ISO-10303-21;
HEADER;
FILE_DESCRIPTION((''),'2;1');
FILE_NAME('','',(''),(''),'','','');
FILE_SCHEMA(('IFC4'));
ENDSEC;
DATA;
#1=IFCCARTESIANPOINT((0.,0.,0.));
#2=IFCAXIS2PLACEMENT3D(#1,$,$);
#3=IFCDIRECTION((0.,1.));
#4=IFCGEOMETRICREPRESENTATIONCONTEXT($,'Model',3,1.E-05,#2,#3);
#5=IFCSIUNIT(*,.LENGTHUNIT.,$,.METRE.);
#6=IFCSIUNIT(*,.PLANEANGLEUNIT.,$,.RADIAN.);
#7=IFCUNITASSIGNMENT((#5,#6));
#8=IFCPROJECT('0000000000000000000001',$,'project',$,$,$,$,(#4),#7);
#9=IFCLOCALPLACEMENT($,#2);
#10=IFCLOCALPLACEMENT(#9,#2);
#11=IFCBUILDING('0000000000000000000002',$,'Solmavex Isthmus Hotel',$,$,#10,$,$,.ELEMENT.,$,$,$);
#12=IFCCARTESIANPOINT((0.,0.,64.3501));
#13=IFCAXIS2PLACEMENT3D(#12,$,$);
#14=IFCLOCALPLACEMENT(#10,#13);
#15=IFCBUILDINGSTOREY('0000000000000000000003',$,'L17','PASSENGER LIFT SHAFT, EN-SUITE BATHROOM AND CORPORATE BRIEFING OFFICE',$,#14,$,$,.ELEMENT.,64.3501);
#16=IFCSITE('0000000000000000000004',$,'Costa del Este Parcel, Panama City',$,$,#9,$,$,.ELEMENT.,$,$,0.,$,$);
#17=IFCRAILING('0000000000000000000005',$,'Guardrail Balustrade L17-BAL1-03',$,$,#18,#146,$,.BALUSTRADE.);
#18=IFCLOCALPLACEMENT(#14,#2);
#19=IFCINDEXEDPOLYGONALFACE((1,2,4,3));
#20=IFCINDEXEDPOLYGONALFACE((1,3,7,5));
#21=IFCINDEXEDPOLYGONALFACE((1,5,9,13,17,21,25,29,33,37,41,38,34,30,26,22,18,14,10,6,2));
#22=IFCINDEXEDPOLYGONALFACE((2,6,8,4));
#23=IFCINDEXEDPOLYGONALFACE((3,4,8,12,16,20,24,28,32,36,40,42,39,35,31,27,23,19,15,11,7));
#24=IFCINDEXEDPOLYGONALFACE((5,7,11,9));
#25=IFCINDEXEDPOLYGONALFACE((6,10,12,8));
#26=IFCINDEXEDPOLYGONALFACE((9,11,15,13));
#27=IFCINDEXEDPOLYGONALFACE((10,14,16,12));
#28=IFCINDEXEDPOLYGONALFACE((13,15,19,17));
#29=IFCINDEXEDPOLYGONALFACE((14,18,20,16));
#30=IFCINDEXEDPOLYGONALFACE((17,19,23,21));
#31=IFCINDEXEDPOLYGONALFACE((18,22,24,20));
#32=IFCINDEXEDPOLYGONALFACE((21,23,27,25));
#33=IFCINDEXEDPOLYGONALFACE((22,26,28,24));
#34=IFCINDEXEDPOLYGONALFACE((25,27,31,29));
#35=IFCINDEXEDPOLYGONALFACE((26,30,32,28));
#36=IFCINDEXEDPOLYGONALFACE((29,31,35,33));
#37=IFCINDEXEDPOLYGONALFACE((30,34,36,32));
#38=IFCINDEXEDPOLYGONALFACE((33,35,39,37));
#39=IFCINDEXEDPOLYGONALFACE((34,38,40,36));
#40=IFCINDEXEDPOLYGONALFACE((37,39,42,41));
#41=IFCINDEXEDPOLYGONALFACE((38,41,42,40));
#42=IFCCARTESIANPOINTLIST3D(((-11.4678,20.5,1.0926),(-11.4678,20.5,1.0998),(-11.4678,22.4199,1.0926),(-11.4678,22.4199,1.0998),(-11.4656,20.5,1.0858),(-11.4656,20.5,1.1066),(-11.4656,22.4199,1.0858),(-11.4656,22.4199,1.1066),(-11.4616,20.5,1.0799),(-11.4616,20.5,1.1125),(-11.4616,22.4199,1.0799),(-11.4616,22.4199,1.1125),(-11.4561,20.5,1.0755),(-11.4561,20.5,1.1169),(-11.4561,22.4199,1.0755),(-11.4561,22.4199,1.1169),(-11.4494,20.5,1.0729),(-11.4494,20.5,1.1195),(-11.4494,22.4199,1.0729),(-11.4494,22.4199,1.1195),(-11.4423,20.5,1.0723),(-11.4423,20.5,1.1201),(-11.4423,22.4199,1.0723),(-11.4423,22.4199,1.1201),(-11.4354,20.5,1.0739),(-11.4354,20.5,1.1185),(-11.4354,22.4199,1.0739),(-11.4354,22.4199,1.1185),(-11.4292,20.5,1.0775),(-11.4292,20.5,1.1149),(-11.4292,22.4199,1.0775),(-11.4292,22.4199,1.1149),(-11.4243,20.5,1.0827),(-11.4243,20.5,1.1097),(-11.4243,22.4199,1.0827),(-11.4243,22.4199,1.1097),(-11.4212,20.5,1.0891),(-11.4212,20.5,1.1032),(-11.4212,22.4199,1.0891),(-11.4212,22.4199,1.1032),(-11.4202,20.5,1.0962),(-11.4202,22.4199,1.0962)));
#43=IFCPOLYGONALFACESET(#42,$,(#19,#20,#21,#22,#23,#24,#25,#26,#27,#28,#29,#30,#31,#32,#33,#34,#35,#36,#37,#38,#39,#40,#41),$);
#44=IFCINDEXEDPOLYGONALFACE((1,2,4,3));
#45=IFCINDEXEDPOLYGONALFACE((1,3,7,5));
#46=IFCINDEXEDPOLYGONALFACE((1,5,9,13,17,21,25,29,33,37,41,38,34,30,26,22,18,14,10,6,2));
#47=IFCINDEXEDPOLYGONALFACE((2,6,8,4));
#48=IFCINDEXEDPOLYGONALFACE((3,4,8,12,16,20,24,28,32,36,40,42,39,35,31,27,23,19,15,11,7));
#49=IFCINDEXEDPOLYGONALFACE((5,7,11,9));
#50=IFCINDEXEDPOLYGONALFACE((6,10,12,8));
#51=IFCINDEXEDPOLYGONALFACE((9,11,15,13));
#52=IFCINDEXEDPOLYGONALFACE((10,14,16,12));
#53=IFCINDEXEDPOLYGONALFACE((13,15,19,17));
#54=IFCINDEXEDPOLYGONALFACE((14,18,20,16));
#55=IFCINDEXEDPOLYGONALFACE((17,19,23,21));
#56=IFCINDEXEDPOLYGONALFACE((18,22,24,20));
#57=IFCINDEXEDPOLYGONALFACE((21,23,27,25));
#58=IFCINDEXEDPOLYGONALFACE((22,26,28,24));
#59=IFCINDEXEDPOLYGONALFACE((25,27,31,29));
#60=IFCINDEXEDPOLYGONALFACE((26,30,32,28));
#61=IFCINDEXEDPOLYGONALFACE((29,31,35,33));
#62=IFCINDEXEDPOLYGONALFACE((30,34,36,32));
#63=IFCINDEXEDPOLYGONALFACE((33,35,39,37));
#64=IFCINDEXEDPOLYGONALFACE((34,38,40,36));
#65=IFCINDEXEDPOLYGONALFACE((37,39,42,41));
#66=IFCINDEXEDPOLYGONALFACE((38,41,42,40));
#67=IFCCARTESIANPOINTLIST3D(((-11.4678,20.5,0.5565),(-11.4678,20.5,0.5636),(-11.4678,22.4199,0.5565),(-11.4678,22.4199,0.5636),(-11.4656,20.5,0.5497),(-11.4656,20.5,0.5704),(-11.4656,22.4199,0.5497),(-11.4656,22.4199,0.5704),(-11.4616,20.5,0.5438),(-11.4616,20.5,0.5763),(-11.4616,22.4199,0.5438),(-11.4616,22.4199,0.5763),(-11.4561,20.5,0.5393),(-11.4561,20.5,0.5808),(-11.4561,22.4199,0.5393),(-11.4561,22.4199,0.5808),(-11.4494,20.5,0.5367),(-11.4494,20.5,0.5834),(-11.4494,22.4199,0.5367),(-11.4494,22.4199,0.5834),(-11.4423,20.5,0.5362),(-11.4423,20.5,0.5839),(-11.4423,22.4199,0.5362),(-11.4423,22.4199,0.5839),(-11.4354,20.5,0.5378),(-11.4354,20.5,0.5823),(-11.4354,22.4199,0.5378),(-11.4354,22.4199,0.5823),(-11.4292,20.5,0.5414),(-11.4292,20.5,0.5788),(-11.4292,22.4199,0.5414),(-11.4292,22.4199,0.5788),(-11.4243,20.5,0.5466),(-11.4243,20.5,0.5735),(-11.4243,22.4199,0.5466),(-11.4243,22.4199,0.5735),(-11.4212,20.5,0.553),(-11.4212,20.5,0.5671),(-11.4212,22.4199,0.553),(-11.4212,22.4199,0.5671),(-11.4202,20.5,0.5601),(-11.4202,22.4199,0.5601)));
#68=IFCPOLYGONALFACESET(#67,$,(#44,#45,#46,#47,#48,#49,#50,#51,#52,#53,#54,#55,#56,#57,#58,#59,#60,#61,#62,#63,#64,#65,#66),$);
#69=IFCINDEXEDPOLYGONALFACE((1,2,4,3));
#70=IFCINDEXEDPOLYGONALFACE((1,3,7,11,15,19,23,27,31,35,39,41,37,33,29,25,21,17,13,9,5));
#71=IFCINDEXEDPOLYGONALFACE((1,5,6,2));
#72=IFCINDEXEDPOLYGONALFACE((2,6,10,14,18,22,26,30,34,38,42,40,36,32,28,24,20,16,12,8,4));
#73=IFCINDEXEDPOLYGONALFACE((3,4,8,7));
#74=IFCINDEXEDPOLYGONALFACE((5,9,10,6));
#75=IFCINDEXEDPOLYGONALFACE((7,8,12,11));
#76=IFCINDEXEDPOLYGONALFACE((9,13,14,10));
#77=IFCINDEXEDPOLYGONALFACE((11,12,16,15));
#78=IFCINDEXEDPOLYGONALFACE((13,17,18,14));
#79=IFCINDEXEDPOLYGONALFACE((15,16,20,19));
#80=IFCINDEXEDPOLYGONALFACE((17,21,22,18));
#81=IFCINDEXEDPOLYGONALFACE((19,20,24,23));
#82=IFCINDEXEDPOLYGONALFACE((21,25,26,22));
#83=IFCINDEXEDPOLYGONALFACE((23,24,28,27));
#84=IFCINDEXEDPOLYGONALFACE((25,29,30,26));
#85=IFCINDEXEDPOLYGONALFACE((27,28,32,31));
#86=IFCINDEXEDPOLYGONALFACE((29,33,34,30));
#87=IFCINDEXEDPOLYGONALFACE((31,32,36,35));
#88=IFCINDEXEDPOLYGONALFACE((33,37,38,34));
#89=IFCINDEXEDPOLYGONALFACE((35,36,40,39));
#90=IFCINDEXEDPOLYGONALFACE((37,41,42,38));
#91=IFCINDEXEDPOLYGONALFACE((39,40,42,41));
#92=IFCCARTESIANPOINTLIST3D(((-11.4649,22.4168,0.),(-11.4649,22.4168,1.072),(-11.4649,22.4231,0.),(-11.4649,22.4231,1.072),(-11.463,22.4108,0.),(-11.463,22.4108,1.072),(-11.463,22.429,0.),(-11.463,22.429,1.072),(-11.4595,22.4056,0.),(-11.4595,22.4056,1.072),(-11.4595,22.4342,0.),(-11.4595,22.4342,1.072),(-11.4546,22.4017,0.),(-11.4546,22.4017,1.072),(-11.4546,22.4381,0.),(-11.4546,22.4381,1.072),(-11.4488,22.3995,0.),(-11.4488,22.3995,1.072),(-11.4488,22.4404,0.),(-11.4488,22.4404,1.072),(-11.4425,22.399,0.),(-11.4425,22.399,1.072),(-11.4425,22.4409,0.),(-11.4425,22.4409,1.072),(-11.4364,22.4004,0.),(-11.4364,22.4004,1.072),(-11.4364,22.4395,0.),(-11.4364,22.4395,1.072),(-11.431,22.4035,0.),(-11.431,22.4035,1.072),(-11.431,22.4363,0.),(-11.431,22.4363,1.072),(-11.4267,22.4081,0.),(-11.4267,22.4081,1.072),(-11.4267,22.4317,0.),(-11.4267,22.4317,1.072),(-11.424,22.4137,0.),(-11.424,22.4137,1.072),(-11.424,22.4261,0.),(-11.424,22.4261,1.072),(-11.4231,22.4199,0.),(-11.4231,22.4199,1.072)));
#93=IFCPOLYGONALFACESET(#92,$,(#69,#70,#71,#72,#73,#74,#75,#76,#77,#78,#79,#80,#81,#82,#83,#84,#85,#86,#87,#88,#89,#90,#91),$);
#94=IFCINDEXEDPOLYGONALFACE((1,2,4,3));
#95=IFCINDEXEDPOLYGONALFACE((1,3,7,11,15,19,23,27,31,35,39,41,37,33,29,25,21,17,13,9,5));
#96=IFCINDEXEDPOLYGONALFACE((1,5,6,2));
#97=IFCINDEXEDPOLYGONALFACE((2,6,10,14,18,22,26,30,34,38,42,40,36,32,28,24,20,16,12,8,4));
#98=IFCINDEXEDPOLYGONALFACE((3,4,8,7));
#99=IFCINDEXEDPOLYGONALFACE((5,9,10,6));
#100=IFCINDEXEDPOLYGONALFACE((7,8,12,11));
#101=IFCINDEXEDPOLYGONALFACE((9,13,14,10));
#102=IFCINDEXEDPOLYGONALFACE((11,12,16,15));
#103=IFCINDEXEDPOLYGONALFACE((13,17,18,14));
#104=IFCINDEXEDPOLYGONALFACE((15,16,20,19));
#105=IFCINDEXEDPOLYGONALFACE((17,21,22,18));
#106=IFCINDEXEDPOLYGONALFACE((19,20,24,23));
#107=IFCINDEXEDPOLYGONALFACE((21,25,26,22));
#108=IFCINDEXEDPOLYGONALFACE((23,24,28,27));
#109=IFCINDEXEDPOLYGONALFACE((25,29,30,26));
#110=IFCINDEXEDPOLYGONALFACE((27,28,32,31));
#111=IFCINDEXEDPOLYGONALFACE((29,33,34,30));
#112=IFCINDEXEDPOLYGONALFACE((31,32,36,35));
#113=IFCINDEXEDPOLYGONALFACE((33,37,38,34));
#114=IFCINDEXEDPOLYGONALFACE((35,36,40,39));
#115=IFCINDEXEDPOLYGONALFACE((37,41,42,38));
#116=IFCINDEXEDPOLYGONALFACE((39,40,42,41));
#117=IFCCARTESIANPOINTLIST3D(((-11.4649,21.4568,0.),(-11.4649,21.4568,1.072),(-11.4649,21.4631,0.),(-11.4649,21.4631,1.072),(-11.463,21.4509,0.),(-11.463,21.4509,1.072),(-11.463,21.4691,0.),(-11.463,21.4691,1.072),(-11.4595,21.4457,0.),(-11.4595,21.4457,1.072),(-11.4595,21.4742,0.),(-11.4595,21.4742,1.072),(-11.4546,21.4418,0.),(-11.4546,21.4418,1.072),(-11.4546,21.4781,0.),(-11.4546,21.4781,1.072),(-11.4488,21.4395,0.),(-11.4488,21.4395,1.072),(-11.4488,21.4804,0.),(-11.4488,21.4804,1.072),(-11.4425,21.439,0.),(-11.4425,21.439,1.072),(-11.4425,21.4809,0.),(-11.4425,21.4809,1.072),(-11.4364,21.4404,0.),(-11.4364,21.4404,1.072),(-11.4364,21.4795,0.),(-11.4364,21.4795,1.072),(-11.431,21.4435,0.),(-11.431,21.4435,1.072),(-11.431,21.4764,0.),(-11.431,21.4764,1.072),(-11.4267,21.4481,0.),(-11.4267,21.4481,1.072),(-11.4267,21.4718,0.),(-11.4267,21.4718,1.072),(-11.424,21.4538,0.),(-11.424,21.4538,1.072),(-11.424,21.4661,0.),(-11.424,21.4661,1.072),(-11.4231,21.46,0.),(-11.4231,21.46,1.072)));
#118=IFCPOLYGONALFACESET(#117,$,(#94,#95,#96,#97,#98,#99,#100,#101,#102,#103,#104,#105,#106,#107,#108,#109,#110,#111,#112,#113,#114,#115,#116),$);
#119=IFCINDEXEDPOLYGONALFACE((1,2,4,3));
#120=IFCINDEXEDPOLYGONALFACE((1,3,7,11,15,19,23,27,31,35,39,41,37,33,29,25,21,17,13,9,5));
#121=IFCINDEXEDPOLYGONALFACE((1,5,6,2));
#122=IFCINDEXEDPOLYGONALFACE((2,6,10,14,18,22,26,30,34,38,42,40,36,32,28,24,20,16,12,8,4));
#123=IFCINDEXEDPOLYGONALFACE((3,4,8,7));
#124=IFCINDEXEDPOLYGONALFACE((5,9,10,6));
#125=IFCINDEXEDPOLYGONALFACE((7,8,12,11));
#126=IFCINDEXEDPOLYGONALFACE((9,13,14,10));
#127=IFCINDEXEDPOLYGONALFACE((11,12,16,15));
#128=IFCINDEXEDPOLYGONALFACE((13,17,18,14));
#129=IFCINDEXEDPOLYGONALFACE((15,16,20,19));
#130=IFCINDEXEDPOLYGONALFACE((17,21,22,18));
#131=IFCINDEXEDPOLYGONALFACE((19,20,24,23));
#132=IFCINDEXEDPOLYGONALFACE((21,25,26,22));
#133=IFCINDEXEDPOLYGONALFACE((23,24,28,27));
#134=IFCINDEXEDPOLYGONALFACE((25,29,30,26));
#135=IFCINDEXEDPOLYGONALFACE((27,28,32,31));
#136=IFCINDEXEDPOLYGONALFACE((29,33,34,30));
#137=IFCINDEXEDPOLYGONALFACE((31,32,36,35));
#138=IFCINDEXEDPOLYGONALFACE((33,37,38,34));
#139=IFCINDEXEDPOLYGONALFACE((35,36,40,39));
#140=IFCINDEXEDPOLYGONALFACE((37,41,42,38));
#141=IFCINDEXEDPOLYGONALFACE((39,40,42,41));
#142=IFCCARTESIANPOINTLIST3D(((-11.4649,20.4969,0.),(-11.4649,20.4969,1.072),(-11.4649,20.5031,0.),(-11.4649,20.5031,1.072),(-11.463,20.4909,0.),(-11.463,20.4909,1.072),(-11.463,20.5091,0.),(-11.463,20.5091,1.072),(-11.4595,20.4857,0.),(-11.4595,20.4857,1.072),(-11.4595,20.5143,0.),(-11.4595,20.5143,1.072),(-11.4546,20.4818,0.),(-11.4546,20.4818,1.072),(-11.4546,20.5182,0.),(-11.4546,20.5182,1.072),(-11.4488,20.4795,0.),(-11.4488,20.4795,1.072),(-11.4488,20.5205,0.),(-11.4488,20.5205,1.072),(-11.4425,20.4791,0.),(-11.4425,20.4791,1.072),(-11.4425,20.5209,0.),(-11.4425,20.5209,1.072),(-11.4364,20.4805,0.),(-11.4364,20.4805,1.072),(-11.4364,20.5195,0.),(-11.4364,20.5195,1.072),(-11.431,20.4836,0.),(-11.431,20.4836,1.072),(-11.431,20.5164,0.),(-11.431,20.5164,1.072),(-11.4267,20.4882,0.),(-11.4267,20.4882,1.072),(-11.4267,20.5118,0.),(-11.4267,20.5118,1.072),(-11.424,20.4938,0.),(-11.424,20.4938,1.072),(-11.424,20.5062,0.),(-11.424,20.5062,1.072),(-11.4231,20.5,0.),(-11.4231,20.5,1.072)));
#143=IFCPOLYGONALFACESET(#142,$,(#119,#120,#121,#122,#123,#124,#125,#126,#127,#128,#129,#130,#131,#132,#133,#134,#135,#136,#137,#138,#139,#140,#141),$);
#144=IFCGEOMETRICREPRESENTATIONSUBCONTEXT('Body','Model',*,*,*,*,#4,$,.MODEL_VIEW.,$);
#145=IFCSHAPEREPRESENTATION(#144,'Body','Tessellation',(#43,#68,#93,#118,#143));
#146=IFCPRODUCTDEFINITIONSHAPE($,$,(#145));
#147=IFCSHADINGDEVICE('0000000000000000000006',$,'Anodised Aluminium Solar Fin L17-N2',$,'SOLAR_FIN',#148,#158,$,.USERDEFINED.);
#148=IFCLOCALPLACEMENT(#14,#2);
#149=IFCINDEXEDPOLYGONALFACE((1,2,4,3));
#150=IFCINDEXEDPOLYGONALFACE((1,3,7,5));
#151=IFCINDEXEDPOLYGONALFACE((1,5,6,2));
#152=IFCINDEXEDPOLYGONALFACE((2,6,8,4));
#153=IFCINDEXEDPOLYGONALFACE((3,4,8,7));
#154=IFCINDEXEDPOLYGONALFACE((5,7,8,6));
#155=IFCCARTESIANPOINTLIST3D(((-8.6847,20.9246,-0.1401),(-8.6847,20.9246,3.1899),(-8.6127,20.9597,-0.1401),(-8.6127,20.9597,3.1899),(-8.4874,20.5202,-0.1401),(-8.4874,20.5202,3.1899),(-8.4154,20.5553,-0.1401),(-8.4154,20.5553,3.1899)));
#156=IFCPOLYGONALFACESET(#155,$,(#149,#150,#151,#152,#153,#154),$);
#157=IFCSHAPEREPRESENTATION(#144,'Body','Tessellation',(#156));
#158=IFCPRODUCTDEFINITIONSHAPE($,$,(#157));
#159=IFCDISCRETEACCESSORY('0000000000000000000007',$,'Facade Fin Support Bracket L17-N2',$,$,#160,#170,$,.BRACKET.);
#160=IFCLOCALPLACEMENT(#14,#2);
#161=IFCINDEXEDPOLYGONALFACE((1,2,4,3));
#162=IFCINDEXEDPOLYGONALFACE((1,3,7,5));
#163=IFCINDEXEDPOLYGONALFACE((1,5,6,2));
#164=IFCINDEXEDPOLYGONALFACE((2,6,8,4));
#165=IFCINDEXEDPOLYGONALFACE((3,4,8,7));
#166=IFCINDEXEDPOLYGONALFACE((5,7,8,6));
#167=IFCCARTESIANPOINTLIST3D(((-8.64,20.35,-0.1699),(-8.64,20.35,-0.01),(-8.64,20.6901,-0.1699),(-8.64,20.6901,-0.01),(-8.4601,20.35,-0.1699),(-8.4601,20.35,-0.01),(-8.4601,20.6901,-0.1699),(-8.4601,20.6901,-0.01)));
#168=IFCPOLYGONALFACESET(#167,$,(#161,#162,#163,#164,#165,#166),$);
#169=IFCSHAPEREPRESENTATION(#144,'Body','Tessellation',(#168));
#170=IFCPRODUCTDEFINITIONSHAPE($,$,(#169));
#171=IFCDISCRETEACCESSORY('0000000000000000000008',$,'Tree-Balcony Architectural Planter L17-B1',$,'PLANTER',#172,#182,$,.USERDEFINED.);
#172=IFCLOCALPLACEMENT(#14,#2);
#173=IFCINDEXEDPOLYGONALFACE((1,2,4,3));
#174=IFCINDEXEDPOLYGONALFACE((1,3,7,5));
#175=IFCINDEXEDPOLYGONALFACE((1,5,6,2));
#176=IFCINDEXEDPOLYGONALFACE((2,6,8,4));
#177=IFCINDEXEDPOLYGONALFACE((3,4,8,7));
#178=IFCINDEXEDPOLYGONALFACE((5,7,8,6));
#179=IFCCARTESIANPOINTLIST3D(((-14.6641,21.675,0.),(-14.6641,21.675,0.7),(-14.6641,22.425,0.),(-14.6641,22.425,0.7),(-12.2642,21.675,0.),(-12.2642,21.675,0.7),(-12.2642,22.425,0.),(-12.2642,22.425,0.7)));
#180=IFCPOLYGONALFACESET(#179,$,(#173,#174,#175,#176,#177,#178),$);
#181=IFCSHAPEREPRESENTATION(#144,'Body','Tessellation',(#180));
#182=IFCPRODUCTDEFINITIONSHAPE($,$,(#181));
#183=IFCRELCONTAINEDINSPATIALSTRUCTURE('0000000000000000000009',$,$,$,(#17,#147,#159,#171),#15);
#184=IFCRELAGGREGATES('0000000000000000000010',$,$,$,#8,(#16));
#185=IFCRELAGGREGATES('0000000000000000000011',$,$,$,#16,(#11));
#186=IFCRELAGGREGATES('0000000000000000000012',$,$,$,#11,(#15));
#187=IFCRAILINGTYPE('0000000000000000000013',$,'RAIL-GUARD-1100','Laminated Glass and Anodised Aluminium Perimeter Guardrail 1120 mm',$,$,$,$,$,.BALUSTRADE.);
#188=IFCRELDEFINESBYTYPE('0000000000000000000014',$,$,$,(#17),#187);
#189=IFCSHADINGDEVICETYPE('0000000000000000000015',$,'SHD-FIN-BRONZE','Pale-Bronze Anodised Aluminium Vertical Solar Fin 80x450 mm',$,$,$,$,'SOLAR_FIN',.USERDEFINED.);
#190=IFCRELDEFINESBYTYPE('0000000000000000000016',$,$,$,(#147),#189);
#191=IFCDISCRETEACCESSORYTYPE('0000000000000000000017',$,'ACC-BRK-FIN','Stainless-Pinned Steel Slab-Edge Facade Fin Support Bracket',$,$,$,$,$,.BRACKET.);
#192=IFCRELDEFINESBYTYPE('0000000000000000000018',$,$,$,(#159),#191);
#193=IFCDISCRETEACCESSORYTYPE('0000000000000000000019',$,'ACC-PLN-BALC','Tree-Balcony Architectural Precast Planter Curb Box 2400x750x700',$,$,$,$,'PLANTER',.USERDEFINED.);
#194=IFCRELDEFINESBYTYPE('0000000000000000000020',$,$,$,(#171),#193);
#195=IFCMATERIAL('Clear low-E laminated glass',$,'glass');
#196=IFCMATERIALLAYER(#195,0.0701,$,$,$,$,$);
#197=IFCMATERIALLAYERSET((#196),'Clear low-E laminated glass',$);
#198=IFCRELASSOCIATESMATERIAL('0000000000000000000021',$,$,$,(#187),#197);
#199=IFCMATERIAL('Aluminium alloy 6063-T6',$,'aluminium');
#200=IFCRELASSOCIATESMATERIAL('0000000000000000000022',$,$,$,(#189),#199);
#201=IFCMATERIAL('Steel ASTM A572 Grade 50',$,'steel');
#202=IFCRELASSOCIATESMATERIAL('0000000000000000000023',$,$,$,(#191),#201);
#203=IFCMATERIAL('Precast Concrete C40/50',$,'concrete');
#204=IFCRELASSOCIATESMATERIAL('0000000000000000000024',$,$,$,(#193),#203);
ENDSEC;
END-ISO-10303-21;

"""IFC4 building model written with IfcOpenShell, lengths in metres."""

from ifc_helpers import new_model, si_unit, direction, frame, origin, origin_2d, place, context, subcontext, project, spatial, rectangle, circle, extrude, material, layer, layer_set, type_object, element, save


model = new_model("IFC4")

# Units and contexts
model_context = context("Model", 3, precision=1e-05, world=origin(), true_north=direction((0.0, 1.0)))
body_context = subcontext(model_context, "Body", "Model", "MODEL_VIEW")
ifc_project = project(units=[si_unit("LENGTHUNIT", "METRE"), si_unit("PLANEANGLEUNIT", "RADIAN")], contexts=[model_context])

# Site, building, storey
site_placement = place(None, origin())
site = spatial("IfcSite", under=ifc_project, at=site_placement, Name="Costa del Este Parcel, Panama City", CompositionType="ELEMENT", RefElevation=0.0)
building_placement = place(site_placement, origin())
building = spatial("IfcBuilding", under=site, at=building_placement, Name="Solmavex Isthmus Hotel", CompositionType="ELEMENT")
storey_placement = place(building_placement, frame((0.0, 0.0, 64.3501)))
storey = spatial("IfcBuildingStorey", under=building, at=storey_placement, Name="L17", Description="PASSENGER LIFT SHAFT, EN-SUITE BATHROOM AND CORPORATE BRIEFING OFFICE", CompositionType="ELEMENT", Elevation=64.3501)

# Shared definitions
ifc_material_1 = material(Name="Aluminium alloy 6063-T6", Category="aluminium")
ifc_material_2 = material(Name="Clear low-E laminated glass", Category="glass")

# Shared definitions
ifc_material_3 = material(Name="Precast Concrete C40/50", Category="concrete")

# Railing
ifc_layer_1 = layer(ifc_material_2, 0.0701)
ifc_layer_set_1 = layer_set([ifc_layer_1], Name="Clear low-E laminated glass")
railing_type = type_object("IfcRailingType", Name="RAIL-GUARD-1100", Description="Laminated Glass and Anodised Aluminium Perimeter Guardrail 1120 mm", PredefinedType="BALUSTRADE", material=ifc_layer_set_1)
railing_placement = place(storey_placement, frame((-11.4441, 22.4199, 0.0)))
element("IfcRailing", 1, at=railing_placement, inside=storey, type_object=railing_type, Name="Guardrail Balustrade L17-BAL1-03", PredefinedType="BALUSTRADE", context=body_context, shape_type="SweptSolid", body=[
    extrude(circle(Radius=0.0239, at=origin_2d()), frame((0.0, 0.0, 1.0962), z_axis=(0.0, -1.0, 0.0), x_axis=(1.0, 0.0, 0.0)), (0.0, 0.0, 1.0), 1.9199),
    extrude(circle(Radius=0.0239, at=origin_2d()), frame((0.0, 0.0, 0.5601), z_axis=(0.0, -1.0, 0.0), x_axis=(1.0, 0.0, 0.0)), (0.0, 0.0, 1.0), 1.9199),
    extrude(circle(Radius=0.021, at=origin_2d()), origin(), (0.0, 0.0, 1.0), 1.072),
    extrude(circle(Radius=0.021, at=origin_2d()), frame((0.0, -0.96, 0.0)), (0.0, 0.0, 1.0), 1.072),
    extrude(circle(Radius=0.021, at=origin_2d()), frame((0.0, -1.9199, 0.0)), (0.0, 0.0, 1.0), 1.072),
])

# Shading device
shading_device_type = type_object("IfcShadingDeviceType", Name="SHD-FIN-BRONZE", Description="Pale-Bronze Anodised Aluminium Vertical Solar Fin 80x450 mm", ElementType="SOLAR_FIN", PredefinedType="USERDEFINED", material=ifc_material_1)
shading_device_placement = place(storey_placement, frame((-8.55, 20.74, -0.1401), z_axis=(0.0, 0.0, 1.0), x_axis=(-0.438371, 0.898794, 0.0)))
element("IfcShadingDevice", 2, at=shading_device_placement, inside=storey, type_object=shading_device_type, Name="Anodised Aluminium Solar Fin L17-N2", ObjectType="SOLAR_FIN", PredefinedType="USERDEFINED", context=body_context, shape_type="SweptSolid", body=[
    extrude(rectangle(XDim=0.45, YDim=0.0801, at=origin_2d()), origin(), (0.0, 0.0, 1.0), 3.3301),
])

# Discrete accessories
ifc_material_4 = material(Name="Steel ASTM A572 Grade 50", Category="steel")
discrete_accessory_type_1 = type_object("IfcDiscreteAccessoryType", Name="ACC-BRK-FIN", Description="Stainless-Pinned Steel Slab-Edge Facade Fin Support Bracket", PredefinedType="BRACKET", material=ifc_material_4)
discrete_accessory_1_placement = place(storey_placement, frame((-8.55, 20.52, -0.1699), z_axis=(0.0, 0.0, 1.0), x_axis=(0.0, 1.0, 0.0)))
element("IfcDiscreteAccessory", 3, at=discrete_accessory_1_placement, inside=storey, type_object=discrete_accessory_type_1, Name="Facade Fin Support Bracket L17-N2", PredefinedType="BRACKET", context=body_context, shape_type="SweptSolid", body=[
    extrude(rectangle(XDim=0.3401, YDim=0.1799, at=origin_2d()), origin(), (0.0, 0.0, 1.0), 0.1599),
])
discrete_accessory_type_2 = type_object("IfcDiscreteAccessoryType", Name="ACC-PLN-BALC", Description="Tree-Balcony Architectural Precast Planter Curb Box 2400x750x700", ElementType="PLANTER", PredefinedType="USERDEFINED", material=ifc_material_3)
discrete_accessory_2_placement = place(storey_placement, frame((-13.4641, 22.05, 0.0), z_axis=(0.0, 0.0, 1.0), x_axis=(1.0, 0.0, 0.0)))
element("IfcDiscreteAccessory", 4, at=discrete_accessory_2_placement, inside=storey, type_object=discrete_accessory_type_2, Name="Tree-Balcony Architectural Planter L17-B1", ObjectType="PLANTER", PredefinedType="USERDEFINED", context=body_context, shape_type="SweptSolid", body=[
    extrude(rectangle(XDim=2.3999, YDim=0.75, at=origin_2d()), origin(), (0.0, 0.0, 1.0), 0.7),
])

save(model, "model.ifc")
